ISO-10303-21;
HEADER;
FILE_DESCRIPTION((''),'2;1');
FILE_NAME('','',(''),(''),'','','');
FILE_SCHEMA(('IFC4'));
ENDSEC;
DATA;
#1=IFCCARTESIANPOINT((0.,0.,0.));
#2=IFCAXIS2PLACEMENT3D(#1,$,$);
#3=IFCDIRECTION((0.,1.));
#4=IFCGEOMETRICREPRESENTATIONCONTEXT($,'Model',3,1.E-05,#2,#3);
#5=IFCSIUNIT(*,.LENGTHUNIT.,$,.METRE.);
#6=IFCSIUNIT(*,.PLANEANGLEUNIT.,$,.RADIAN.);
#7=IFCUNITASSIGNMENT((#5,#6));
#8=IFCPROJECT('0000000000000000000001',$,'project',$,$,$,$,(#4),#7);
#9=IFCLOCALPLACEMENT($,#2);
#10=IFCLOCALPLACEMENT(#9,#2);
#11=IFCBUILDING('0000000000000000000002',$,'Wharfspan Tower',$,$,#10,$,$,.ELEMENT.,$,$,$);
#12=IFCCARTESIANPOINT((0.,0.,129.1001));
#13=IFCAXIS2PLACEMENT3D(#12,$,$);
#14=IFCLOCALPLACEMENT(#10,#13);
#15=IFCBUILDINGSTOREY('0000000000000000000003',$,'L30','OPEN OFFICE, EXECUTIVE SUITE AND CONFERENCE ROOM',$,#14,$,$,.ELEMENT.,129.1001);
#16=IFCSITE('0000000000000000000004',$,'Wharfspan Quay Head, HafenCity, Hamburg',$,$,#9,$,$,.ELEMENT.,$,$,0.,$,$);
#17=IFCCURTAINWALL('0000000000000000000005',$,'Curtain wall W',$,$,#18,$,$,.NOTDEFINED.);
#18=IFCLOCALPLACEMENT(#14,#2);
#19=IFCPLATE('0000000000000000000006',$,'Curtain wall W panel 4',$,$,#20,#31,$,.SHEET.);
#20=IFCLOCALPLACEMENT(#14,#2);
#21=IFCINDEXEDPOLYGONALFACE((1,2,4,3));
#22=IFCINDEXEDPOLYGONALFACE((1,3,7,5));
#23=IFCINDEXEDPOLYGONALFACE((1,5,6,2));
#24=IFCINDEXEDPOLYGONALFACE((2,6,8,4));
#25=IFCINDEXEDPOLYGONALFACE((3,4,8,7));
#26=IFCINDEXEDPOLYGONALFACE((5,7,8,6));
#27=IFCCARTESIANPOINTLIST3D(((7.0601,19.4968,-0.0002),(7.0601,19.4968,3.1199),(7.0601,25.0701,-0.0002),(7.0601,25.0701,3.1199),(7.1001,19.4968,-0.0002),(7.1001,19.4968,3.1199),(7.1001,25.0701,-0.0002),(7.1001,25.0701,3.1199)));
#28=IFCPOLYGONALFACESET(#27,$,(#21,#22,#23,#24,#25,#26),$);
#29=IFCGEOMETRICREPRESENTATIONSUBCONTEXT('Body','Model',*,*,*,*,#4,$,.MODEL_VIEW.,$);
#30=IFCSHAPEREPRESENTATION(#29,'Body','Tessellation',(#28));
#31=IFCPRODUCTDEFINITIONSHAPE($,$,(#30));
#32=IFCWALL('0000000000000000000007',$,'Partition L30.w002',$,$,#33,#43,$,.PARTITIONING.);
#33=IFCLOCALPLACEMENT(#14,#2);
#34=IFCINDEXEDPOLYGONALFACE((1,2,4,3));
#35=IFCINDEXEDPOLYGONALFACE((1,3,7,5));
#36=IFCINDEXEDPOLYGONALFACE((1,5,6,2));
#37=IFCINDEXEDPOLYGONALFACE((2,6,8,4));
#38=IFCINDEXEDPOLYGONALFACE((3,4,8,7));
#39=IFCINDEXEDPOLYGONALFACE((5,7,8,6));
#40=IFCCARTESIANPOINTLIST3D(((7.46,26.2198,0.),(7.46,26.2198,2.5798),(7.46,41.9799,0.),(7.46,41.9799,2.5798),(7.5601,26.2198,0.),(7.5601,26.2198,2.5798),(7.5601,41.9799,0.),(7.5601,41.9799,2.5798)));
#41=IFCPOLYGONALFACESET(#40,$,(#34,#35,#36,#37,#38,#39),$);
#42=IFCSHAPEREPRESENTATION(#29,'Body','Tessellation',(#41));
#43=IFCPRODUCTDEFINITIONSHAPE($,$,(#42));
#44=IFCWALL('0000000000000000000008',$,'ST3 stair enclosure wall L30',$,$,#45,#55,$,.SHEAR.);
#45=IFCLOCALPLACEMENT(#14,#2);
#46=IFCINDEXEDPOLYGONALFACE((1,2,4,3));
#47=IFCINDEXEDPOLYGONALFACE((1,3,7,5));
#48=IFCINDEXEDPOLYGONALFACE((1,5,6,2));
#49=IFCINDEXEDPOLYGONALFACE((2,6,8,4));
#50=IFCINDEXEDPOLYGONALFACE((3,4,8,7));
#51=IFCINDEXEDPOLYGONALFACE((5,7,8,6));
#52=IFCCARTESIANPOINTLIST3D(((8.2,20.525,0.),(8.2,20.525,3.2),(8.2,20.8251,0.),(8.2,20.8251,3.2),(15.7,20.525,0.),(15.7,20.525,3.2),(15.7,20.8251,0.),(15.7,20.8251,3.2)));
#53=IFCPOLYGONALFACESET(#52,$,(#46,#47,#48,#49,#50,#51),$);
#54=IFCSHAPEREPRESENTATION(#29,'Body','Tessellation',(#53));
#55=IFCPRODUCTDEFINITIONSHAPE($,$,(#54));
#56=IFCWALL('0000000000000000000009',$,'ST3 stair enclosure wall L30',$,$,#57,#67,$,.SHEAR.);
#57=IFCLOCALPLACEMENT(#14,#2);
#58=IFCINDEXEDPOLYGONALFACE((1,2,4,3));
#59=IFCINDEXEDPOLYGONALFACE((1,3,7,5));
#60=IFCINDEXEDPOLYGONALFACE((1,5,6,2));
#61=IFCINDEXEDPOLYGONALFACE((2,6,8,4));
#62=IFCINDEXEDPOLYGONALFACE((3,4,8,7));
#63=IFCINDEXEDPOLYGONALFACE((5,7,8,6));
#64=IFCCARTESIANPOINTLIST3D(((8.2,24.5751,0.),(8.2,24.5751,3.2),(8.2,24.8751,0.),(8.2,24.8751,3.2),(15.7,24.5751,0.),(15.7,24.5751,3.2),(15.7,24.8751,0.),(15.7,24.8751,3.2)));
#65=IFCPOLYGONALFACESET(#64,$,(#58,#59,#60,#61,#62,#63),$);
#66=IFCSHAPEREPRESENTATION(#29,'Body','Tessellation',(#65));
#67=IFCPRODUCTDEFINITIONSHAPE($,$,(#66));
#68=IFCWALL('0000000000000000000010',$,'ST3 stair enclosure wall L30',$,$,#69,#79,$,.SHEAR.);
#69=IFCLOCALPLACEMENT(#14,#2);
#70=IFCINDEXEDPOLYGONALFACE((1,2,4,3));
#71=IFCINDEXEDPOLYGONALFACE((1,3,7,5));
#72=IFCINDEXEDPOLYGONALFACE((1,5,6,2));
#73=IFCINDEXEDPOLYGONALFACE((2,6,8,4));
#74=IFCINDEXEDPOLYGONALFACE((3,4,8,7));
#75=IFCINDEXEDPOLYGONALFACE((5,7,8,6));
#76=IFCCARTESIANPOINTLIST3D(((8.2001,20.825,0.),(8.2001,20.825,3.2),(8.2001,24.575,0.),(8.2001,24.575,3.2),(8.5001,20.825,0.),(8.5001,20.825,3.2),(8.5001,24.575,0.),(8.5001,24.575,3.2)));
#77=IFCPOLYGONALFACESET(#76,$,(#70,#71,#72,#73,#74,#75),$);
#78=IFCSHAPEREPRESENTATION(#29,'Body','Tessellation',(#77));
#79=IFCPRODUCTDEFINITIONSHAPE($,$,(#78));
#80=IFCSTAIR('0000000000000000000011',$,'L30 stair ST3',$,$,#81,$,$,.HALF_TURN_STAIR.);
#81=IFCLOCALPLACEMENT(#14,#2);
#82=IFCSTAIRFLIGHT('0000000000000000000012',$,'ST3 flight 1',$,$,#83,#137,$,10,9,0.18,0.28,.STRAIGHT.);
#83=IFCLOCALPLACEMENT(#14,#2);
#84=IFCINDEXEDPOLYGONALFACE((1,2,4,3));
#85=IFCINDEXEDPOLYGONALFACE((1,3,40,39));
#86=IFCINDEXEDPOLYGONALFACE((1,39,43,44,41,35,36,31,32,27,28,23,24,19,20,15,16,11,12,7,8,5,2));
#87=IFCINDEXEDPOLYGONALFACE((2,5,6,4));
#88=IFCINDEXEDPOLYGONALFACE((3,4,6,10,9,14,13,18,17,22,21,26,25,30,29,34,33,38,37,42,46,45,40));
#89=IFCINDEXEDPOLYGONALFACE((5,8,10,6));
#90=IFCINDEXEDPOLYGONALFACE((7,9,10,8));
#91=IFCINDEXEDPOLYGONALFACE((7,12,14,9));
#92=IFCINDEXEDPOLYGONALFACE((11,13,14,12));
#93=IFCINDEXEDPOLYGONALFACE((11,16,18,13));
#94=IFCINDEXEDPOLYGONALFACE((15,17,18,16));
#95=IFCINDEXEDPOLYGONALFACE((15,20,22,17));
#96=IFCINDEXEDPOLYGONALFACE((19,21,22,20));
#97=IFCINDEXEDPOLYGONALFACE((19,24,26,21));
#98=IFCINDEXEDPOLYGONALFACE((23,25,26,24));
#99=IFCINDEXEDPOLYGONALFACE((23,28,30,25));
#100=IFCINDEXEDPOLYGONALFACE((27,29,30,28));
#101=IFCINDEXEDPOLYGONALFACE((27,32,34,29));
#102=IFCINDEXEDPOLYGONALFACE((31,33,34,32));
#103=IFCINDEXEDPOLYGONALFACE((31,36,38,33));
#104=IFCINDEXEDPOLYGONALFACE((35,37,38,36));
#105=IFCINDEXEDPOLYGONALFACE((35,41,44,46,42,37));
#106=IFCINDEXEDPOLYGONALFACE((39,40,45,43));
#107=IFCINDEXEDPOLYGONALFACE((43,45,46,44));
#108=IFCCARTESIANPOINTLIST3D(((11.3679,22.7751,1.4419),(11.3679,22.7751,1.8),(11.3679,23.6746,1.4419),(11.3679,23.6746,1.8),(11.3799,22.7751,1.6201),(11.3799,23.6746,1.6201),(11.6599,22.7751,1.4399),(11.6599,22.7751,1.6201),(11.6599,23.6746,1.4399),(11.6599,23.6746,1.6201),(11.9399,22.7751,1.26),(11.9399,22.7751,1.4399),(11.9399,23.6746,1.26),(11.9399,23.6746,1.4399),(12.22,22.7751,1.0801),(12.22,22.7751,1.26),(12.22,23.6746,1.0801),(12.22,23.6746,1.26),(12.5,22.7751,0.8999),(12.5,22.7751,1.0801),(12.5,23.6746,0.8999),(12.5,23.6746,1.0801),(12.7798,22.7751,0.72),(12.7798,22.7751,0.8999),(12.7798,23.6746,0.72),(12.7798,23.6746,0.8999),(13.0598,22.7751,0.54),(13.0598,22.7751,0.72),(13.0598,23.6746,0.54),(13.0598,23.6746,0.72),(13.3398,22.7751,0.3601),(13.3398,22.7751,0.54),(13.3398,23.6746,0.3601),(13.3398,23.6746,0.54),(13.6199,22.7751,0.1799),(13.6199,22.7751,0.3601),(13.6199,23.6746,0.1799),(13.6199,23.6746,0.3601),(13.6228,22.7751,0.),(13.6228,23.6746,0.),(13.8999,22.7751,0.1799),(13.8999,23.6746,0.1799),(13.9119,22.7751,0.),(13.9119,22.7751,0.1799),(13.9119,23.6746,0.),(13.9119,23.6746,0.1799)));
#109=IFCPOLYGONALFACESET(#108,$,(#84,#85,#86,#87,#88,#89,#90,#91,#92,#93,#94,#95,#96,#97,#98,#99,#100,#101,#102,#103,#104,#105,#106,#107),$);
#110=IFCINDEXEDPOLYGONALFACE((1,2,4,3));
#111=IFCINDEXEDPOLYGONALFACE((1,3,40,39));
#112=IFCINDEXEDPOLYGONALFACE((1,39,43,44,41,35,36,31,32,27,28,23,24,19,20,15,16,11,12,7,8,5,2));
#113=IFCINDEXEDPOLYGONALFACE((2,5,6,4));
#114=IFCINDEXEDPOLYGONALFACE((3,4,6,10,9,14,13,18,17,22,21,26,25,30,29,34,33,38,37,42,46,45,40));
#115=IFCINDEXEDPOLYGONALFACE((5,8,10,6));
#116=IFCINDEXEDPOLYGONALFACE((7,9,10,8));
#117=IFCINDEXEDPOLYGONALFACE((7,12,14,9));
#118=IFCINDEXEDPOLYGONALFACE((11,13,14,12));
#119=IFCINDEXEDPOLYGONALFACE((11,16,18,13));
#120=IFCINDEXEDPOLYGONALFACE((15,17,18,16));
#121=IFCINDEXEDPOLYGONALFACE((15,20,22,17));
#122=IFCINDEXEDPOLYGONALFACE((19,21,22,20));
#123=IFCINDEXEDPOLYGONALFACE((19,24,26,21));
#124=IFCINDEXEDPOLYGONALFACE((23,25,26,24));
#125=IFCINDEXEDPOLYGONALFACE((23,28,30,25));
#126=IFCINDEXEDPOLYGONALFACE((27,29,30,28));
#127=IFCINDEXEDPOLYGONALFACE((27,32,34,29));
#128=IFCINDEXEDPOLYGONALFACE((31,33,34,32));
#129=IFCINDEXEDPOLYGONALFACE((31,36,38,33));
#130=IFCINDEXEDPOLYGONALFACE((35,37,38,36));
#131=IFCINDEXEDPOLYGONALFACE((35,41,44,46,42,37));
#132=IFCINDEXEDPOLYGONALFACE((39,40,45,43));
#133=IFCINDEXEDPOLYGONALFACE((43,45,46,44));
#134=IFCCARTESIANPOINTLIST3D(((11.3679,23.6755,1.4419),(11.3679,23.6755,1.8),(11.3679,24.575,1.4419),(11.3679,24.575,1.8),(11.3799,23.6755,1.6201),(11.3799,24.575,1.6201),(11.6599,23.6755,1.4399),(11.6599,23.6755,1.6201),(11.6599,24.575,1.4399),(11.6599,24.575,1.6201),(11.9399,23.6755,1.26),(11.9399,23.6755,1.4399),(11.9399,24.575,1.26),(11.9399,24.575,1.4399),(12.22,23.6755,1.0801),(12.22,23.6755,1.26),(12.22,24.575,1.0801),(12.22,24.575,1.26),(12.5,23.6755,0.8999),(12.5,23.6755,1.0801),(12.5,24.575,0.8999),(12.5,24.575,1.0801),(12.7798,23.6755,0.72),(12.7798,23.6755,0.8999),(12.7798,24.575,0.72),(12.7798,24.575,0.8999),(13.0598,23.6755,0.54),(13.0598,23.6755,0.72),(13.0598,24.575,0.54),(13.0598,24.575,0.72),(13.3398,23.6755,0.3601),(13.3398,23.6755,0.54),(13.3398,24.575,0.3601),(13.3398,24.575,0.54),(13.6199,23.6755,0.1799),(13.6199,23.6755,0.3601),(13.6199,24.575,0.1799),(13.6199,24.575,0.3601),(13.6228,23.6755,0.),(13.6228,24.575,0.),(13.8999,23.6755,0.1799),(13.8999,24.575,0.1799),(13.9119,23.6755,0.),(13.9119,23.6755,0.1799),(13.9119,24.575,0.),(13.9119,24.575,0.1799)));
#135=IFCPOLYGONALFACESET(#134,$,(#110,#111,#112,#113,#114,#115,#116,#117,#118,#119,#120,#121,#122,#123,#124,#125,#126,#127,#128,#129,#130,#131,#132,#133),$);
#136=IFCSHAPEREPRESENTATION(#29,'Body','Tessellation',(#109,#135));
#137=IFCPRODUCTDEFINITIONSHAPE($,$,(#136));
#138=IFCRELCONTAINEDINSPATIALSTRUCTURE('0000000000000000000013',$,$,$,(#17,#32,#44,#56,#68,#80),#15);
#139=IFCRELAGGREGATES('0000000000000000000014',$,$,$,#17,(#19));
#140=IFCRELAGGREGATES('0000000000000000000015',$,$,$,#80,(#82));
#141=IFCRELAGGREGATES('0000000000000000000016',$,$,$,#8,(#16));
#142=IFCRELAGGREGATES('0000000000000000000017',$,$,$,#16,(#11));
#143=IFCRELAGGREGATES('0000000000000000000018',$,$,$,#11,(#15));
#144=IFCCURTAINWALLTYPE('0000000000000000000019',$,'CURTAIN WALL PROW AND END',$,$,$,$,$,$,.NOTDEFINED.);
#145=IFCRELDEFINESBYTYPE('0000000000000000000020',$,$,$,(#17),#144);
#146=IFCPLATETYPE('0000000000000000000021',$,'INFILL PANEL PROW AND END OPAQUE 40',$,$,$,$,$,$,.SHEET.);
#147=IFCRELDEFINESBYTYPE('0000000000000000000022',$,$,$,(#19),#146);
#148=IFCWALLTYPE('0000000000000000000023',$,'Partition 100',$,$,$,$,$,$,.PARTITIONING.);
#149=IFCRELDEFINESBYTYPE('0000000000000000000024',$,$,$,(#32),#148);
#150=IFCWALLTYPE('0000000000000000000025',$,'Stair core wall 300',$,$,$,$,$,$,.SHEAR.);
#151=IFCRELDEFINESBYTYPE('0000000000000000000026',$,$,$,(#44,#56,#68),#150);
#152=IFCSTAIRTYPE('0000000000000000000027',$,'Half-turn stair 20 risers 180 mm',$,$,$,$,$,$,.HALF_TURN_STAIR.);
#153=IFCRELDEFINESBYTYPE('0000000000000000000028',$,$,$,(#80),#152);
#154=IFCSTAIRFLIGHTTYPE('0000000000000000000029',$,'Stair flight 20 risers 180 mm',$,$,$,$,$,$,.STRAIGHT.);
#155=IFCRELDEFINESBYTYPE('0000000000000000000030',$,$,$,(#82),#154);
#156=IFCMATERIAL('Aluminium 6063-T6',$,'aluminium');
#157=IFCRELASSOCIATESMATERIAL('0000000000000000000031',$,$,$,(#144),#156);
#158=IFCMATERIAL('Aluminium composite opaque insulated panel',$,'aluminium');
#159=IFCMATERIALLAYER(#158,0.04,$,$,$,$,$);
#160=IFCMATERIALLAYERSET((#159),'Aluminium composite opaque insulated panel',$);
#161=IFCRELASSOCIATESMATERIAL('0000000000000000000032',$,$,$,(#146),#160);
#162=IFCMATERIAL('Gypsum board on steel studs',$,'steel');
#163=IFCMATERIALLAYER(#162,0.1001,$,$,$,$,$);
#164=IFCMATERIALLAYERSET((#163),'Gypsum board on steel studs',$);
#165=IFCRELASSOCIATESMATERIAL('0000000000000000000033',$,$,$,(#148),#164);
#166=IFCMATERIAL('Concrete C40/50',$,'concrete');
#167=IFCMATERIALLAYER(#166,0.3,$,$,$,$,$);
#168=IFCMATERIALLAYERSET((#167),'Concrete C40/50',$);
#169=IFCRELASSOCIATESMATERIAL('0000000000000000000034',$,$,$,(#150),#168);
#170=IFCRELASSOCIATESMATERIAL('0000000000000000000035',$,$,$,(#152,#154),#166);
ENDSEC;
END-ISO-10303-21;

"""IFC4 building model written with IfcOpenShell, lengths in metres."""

from ifc_helpers import new_model, si_unit, direction, frame, frame_2d, origin, origin_2d, place, context, subcontext, project, spatial, polyline, rectangle, outline, extrude, material, layer, layer_set, type_object, element, aggregate, save


model = new_model("IFC4")

# Units and contexts
model_context = context("Model", 3, precision=1e-05, world=origin(), true_north=direction((0.0, 1.0)))
body_context = subcontext(model_context, "Body", "Model", "MODEL_VIEW")
ifc_project = project(units=[si_unit("LENGTHUNIT", "METRE"), si_unit("PLANEANGLEUNIT", "RADIAN")], contexts=[model_context])

# Site, building, storey
site_placement = place(None, origin())
site = spatial("IfcSite", under=ifc_project, at=site_placement, Name="Wharfspan Quay Head, HafenCity, Hamburg", CompositionType="ELEMENT", RefElevation=0.0)
building_placement = place(site_placement, origin())
building = spatial("IfcBuilding", under=site, at=building_placement, Name="Wharfspan Tower", CompositionType="ELEMENT")
storey_placement = place(building_placement, frame((0.0, 0.0, 129.1001)))
storey = spatial("IfcBuildingStorey", under=building, at=storey_placement, Name="L30", Description="OPEN OFFICE, EXECUTIVE SUITE AND CONFERENCE ROOM", CompositionType="ELEMENT", Elevation=129.1001)

# Curtain wall
ifc_material_1 = material(Name="Aluminium 6063-T6", Category="aluminium")
curtain_wall_type = type_object("IfcCurtainWallType", Name="CURTAIN WALL PROW AND END", PredefinedType="NOTDEFINED", material=ifc_material_1)
curtain_wall_placement = place(storey_placement, origin())
curtain_wall = element("IfcCurtainWall", 1, at=curtain_wall_placement, inside=storey, type_object=curtain_wall_type, Name="Curtain wall W", PredefinedType="NOTDEFINED")

# Plate
ifc_material_2 = material(Name="Aluminium composite opaque insulated panel", Category="aluminium")
ifc_layer_1 = layer(ifc_material_2, 0.04)
ifc_layer_set_1 = layer_set([ifc_layer_1], Name="Aluminium composite opaque insulated panel")
plate_type = type_object("IfcPlateType", Name="INFILL PANEL PROW AND END OPAQUE 40", PredefinedType="SHEET", material=ifc_layer_set_1)
plate_1_placement = place(storey_placement, frame((7.0801, 22.2834, -0.0002), z_axis=(0.0, 0.0, 1.0), x_axis=(0.0, -1.0, 0.0)))
plate_1 = element("IfcPlate", 2, at=plate_1_placement, type_object=plate_type, Name="Curtain wall W panel 4", PredefinedType="SHEET", context=body_context, shape_type="SweptSolid", body=[
    extrude(rectangle(XDim=5.5732, YDim=0.04, at=origin_2d()), origin(), (0.0, 0.0, 1.0), 3.1201),
])
aggregate(curtain_wall, [plate_1])

# Walls
ifc_material_3 = material(Name="Gypsum board on steel studs", Category="steel")
ifc_layer_2 = layer(ifc_material_3, 0.1001)
ifc_layer_set_2 = layer_set([ifc_layer_2], Name="Gypsum board on steel studs")
wall_type_1 = type_object("IfcWallType", Name="Partition 100", PredefinedType="PARTITIONING", material=ifc_layer_set_2)
wall_1_placement = place(storey_placement, frame((7.51, 26.22, 0.0), z_axis=(0.0, 0.0, 1.0), x_axis=(0.0, 1.0, 0.0)))
element("IfcWall", 3, at=wall_1_placement, inside=storey, type_object=wall_type_1, Name="Partition L30.w002", PredefinedType="PARTITIONING", context=body_context, shape_type="SweptSolid", body=[
    extrude(rectangle(XDim=15.76, YDim=0.1001, at=frame_2d((7.8799, 0.0))), origin(), (0.0, 0.0, 1.0), 2.5798),
])
ifc_material_4 = material(Name="Concrete C40/50", Category="concrete")
ifc_layer_3 = layer(ifc_material_4, 0.3)
ifc_layer_set_3 = layer_set([ifc_layer_3], Name="Concrete C40/50")
wall_type_2 = type_object("IfcWallType", Name="Stair core wall 300", PredefinedType="SHEAR", material=ifc_layer_set_3)
for number, where, z_axis, x_axis, name in (
    (4, (8.2, 20.675, 0.0), (0.0, 0.0, 1.0), (1.0, 0.0, 0.0), "ST3 stair enclosure wall L30"),
    (5, (8.2, 24.7251, 0.0), (0.0, 0.0, 1.0), (1.0, 0.0, 0.0), "ST3 stair enclosure wall L30"),
):
    element("IfcWall", number, at=place(storey_placement, frame(where, z_axis=z_axis, x_axis=x_axis)), inside=storey, type_object=wall_type_2, Name=name, PredefinedType="SHEAR", context=body_context, shape_type="SweptSolid", body=[
        extrude(rectangle(XDim=7.5, YDim=0.3, at=frame_2d((3.75, 0.0))), origin(), (0.0, 0.0, 1.0), 3.2),
    ])
wall_2_placement = place(storey_placement, frame((8.3501, 20.825, 0.0), z_axis=(0.0, 0.0, 1.0), x_axis=(0.0, 1.0, 0.0)))
element("IfcWall", 6, at=wall_2_placement, inside=storey, type_object=wall_type_2, Name="ST3 stair enclosure wall L30", PredefinedType="SHEAR", context=body_context, shape_type="SweptSolid", body=[
    extrude(rectangle(XDim=3.75, YDim=0.3, at=frame_2d((1.875, 0.0))), origin(), (0.0, 0.0, 1.0), 3.2),
])

# Stair, stair flight
stair_type = type_object("IfcStairType", Name="Half-turn stair 20 risers 180 mm", PredefinedType="HALF_TURN_STAIR", material=ifc_material_4)
stair_placement = place(storey_placement, origin())
stair = element("IfcStair", 7, at=stair_placement, inside=storey, type_object=stair_type, Name="L30 stair ST3", PredefinedType="HALF_TURN_STAIR")
stair_flight_type = type_object("IfcStairFlightType", Name="Stair flight 20 risers 180 mm", PredefinedType="STRAIGHT", material=ifc_material_4)
stair_flight_1_placement = place(storey_placement, frame((13.8999, 23.675, 0.0), z_axis=(0.0, 0.0, 1.0), x_axis=(-1.0, 0.0, 0.0)))
stair_flight_1 = element("IfcStairFlight", 8, at=stair_flight_1_placement, type_object=stair_flight_type, Name="ST3 flight 1", NumberOfRisers=10, NumberOfTreads=9, PredefinedType="STRAIGHT", RiserHeight=0.18, TreadLength=0.28, context=body_context, shape_type="SweptSolid", body=[
    extrude(outline(polyline([(-0.012, 0.0), (-0.012, 0.1799), (0.0, 0.1799), (0.28, 0.1799), (0.28, 0.3601), (0.5601, 0.3601), (0.5601, 0.54), (0.8401, 0.54), (0.8401, 0.72), (1.1201, 0.72), (1.1201, 0.8999), (1.3999, 0.8999), (1.3999, 1.0801), (1.6799, 1.0801), (1.6799, 1.26), (1.96, 1.26), (1.96, 1.4399), (2.24, 1.4399), (2.24, 1.6201), (2.52, 1.6201), (2.532, 1.8), (2.532, 1.4419), (0.2771, 0.0), (-0.012, 0.0)])), frame((0.0, 0.8999, 0.0), z_axis=(0.0, -1.0, 0.0), x_axis=(1.0, 0.0, 0.0)), (0.0, 0.0, 1.0), 0.8994),
    extrude(outline(polyline([(-0.012, 0.0), (-0.012, 0.1799), (0.0, 0.1799), (0.28, 0.1799), (0.28, 0.3601), (0.5601, 0.3601), (0.5601, 0.54), (0.8401, 0.54), (0.8401, 0.72), (1.1201, 0.72), (1.1201, 0.8999), (1.3999, 0.8999), (1.3999, 1.0801), (1.6799, 1.0801), (1.6799, 1.26), (1.96, 1.26), (1.96, 1.4399), (2.24, 1.4399), (2.24, 1.6201), (2.52, 1.6201), (2.532, 1.8), (2.532, 1.4419), (0.2771, 0.0), (-0.012, 0.0)])), frame((0.0, -0.0005, 0.0), z_axis=(0.0, -1.0, 0.0), x_axis=(1.0, 0.0, 0.0)), (0.0, 0.0, 1.0), 0.8994),
])
aggregate(stair, [stair_flight_1])

save(model, "model.ifc")
